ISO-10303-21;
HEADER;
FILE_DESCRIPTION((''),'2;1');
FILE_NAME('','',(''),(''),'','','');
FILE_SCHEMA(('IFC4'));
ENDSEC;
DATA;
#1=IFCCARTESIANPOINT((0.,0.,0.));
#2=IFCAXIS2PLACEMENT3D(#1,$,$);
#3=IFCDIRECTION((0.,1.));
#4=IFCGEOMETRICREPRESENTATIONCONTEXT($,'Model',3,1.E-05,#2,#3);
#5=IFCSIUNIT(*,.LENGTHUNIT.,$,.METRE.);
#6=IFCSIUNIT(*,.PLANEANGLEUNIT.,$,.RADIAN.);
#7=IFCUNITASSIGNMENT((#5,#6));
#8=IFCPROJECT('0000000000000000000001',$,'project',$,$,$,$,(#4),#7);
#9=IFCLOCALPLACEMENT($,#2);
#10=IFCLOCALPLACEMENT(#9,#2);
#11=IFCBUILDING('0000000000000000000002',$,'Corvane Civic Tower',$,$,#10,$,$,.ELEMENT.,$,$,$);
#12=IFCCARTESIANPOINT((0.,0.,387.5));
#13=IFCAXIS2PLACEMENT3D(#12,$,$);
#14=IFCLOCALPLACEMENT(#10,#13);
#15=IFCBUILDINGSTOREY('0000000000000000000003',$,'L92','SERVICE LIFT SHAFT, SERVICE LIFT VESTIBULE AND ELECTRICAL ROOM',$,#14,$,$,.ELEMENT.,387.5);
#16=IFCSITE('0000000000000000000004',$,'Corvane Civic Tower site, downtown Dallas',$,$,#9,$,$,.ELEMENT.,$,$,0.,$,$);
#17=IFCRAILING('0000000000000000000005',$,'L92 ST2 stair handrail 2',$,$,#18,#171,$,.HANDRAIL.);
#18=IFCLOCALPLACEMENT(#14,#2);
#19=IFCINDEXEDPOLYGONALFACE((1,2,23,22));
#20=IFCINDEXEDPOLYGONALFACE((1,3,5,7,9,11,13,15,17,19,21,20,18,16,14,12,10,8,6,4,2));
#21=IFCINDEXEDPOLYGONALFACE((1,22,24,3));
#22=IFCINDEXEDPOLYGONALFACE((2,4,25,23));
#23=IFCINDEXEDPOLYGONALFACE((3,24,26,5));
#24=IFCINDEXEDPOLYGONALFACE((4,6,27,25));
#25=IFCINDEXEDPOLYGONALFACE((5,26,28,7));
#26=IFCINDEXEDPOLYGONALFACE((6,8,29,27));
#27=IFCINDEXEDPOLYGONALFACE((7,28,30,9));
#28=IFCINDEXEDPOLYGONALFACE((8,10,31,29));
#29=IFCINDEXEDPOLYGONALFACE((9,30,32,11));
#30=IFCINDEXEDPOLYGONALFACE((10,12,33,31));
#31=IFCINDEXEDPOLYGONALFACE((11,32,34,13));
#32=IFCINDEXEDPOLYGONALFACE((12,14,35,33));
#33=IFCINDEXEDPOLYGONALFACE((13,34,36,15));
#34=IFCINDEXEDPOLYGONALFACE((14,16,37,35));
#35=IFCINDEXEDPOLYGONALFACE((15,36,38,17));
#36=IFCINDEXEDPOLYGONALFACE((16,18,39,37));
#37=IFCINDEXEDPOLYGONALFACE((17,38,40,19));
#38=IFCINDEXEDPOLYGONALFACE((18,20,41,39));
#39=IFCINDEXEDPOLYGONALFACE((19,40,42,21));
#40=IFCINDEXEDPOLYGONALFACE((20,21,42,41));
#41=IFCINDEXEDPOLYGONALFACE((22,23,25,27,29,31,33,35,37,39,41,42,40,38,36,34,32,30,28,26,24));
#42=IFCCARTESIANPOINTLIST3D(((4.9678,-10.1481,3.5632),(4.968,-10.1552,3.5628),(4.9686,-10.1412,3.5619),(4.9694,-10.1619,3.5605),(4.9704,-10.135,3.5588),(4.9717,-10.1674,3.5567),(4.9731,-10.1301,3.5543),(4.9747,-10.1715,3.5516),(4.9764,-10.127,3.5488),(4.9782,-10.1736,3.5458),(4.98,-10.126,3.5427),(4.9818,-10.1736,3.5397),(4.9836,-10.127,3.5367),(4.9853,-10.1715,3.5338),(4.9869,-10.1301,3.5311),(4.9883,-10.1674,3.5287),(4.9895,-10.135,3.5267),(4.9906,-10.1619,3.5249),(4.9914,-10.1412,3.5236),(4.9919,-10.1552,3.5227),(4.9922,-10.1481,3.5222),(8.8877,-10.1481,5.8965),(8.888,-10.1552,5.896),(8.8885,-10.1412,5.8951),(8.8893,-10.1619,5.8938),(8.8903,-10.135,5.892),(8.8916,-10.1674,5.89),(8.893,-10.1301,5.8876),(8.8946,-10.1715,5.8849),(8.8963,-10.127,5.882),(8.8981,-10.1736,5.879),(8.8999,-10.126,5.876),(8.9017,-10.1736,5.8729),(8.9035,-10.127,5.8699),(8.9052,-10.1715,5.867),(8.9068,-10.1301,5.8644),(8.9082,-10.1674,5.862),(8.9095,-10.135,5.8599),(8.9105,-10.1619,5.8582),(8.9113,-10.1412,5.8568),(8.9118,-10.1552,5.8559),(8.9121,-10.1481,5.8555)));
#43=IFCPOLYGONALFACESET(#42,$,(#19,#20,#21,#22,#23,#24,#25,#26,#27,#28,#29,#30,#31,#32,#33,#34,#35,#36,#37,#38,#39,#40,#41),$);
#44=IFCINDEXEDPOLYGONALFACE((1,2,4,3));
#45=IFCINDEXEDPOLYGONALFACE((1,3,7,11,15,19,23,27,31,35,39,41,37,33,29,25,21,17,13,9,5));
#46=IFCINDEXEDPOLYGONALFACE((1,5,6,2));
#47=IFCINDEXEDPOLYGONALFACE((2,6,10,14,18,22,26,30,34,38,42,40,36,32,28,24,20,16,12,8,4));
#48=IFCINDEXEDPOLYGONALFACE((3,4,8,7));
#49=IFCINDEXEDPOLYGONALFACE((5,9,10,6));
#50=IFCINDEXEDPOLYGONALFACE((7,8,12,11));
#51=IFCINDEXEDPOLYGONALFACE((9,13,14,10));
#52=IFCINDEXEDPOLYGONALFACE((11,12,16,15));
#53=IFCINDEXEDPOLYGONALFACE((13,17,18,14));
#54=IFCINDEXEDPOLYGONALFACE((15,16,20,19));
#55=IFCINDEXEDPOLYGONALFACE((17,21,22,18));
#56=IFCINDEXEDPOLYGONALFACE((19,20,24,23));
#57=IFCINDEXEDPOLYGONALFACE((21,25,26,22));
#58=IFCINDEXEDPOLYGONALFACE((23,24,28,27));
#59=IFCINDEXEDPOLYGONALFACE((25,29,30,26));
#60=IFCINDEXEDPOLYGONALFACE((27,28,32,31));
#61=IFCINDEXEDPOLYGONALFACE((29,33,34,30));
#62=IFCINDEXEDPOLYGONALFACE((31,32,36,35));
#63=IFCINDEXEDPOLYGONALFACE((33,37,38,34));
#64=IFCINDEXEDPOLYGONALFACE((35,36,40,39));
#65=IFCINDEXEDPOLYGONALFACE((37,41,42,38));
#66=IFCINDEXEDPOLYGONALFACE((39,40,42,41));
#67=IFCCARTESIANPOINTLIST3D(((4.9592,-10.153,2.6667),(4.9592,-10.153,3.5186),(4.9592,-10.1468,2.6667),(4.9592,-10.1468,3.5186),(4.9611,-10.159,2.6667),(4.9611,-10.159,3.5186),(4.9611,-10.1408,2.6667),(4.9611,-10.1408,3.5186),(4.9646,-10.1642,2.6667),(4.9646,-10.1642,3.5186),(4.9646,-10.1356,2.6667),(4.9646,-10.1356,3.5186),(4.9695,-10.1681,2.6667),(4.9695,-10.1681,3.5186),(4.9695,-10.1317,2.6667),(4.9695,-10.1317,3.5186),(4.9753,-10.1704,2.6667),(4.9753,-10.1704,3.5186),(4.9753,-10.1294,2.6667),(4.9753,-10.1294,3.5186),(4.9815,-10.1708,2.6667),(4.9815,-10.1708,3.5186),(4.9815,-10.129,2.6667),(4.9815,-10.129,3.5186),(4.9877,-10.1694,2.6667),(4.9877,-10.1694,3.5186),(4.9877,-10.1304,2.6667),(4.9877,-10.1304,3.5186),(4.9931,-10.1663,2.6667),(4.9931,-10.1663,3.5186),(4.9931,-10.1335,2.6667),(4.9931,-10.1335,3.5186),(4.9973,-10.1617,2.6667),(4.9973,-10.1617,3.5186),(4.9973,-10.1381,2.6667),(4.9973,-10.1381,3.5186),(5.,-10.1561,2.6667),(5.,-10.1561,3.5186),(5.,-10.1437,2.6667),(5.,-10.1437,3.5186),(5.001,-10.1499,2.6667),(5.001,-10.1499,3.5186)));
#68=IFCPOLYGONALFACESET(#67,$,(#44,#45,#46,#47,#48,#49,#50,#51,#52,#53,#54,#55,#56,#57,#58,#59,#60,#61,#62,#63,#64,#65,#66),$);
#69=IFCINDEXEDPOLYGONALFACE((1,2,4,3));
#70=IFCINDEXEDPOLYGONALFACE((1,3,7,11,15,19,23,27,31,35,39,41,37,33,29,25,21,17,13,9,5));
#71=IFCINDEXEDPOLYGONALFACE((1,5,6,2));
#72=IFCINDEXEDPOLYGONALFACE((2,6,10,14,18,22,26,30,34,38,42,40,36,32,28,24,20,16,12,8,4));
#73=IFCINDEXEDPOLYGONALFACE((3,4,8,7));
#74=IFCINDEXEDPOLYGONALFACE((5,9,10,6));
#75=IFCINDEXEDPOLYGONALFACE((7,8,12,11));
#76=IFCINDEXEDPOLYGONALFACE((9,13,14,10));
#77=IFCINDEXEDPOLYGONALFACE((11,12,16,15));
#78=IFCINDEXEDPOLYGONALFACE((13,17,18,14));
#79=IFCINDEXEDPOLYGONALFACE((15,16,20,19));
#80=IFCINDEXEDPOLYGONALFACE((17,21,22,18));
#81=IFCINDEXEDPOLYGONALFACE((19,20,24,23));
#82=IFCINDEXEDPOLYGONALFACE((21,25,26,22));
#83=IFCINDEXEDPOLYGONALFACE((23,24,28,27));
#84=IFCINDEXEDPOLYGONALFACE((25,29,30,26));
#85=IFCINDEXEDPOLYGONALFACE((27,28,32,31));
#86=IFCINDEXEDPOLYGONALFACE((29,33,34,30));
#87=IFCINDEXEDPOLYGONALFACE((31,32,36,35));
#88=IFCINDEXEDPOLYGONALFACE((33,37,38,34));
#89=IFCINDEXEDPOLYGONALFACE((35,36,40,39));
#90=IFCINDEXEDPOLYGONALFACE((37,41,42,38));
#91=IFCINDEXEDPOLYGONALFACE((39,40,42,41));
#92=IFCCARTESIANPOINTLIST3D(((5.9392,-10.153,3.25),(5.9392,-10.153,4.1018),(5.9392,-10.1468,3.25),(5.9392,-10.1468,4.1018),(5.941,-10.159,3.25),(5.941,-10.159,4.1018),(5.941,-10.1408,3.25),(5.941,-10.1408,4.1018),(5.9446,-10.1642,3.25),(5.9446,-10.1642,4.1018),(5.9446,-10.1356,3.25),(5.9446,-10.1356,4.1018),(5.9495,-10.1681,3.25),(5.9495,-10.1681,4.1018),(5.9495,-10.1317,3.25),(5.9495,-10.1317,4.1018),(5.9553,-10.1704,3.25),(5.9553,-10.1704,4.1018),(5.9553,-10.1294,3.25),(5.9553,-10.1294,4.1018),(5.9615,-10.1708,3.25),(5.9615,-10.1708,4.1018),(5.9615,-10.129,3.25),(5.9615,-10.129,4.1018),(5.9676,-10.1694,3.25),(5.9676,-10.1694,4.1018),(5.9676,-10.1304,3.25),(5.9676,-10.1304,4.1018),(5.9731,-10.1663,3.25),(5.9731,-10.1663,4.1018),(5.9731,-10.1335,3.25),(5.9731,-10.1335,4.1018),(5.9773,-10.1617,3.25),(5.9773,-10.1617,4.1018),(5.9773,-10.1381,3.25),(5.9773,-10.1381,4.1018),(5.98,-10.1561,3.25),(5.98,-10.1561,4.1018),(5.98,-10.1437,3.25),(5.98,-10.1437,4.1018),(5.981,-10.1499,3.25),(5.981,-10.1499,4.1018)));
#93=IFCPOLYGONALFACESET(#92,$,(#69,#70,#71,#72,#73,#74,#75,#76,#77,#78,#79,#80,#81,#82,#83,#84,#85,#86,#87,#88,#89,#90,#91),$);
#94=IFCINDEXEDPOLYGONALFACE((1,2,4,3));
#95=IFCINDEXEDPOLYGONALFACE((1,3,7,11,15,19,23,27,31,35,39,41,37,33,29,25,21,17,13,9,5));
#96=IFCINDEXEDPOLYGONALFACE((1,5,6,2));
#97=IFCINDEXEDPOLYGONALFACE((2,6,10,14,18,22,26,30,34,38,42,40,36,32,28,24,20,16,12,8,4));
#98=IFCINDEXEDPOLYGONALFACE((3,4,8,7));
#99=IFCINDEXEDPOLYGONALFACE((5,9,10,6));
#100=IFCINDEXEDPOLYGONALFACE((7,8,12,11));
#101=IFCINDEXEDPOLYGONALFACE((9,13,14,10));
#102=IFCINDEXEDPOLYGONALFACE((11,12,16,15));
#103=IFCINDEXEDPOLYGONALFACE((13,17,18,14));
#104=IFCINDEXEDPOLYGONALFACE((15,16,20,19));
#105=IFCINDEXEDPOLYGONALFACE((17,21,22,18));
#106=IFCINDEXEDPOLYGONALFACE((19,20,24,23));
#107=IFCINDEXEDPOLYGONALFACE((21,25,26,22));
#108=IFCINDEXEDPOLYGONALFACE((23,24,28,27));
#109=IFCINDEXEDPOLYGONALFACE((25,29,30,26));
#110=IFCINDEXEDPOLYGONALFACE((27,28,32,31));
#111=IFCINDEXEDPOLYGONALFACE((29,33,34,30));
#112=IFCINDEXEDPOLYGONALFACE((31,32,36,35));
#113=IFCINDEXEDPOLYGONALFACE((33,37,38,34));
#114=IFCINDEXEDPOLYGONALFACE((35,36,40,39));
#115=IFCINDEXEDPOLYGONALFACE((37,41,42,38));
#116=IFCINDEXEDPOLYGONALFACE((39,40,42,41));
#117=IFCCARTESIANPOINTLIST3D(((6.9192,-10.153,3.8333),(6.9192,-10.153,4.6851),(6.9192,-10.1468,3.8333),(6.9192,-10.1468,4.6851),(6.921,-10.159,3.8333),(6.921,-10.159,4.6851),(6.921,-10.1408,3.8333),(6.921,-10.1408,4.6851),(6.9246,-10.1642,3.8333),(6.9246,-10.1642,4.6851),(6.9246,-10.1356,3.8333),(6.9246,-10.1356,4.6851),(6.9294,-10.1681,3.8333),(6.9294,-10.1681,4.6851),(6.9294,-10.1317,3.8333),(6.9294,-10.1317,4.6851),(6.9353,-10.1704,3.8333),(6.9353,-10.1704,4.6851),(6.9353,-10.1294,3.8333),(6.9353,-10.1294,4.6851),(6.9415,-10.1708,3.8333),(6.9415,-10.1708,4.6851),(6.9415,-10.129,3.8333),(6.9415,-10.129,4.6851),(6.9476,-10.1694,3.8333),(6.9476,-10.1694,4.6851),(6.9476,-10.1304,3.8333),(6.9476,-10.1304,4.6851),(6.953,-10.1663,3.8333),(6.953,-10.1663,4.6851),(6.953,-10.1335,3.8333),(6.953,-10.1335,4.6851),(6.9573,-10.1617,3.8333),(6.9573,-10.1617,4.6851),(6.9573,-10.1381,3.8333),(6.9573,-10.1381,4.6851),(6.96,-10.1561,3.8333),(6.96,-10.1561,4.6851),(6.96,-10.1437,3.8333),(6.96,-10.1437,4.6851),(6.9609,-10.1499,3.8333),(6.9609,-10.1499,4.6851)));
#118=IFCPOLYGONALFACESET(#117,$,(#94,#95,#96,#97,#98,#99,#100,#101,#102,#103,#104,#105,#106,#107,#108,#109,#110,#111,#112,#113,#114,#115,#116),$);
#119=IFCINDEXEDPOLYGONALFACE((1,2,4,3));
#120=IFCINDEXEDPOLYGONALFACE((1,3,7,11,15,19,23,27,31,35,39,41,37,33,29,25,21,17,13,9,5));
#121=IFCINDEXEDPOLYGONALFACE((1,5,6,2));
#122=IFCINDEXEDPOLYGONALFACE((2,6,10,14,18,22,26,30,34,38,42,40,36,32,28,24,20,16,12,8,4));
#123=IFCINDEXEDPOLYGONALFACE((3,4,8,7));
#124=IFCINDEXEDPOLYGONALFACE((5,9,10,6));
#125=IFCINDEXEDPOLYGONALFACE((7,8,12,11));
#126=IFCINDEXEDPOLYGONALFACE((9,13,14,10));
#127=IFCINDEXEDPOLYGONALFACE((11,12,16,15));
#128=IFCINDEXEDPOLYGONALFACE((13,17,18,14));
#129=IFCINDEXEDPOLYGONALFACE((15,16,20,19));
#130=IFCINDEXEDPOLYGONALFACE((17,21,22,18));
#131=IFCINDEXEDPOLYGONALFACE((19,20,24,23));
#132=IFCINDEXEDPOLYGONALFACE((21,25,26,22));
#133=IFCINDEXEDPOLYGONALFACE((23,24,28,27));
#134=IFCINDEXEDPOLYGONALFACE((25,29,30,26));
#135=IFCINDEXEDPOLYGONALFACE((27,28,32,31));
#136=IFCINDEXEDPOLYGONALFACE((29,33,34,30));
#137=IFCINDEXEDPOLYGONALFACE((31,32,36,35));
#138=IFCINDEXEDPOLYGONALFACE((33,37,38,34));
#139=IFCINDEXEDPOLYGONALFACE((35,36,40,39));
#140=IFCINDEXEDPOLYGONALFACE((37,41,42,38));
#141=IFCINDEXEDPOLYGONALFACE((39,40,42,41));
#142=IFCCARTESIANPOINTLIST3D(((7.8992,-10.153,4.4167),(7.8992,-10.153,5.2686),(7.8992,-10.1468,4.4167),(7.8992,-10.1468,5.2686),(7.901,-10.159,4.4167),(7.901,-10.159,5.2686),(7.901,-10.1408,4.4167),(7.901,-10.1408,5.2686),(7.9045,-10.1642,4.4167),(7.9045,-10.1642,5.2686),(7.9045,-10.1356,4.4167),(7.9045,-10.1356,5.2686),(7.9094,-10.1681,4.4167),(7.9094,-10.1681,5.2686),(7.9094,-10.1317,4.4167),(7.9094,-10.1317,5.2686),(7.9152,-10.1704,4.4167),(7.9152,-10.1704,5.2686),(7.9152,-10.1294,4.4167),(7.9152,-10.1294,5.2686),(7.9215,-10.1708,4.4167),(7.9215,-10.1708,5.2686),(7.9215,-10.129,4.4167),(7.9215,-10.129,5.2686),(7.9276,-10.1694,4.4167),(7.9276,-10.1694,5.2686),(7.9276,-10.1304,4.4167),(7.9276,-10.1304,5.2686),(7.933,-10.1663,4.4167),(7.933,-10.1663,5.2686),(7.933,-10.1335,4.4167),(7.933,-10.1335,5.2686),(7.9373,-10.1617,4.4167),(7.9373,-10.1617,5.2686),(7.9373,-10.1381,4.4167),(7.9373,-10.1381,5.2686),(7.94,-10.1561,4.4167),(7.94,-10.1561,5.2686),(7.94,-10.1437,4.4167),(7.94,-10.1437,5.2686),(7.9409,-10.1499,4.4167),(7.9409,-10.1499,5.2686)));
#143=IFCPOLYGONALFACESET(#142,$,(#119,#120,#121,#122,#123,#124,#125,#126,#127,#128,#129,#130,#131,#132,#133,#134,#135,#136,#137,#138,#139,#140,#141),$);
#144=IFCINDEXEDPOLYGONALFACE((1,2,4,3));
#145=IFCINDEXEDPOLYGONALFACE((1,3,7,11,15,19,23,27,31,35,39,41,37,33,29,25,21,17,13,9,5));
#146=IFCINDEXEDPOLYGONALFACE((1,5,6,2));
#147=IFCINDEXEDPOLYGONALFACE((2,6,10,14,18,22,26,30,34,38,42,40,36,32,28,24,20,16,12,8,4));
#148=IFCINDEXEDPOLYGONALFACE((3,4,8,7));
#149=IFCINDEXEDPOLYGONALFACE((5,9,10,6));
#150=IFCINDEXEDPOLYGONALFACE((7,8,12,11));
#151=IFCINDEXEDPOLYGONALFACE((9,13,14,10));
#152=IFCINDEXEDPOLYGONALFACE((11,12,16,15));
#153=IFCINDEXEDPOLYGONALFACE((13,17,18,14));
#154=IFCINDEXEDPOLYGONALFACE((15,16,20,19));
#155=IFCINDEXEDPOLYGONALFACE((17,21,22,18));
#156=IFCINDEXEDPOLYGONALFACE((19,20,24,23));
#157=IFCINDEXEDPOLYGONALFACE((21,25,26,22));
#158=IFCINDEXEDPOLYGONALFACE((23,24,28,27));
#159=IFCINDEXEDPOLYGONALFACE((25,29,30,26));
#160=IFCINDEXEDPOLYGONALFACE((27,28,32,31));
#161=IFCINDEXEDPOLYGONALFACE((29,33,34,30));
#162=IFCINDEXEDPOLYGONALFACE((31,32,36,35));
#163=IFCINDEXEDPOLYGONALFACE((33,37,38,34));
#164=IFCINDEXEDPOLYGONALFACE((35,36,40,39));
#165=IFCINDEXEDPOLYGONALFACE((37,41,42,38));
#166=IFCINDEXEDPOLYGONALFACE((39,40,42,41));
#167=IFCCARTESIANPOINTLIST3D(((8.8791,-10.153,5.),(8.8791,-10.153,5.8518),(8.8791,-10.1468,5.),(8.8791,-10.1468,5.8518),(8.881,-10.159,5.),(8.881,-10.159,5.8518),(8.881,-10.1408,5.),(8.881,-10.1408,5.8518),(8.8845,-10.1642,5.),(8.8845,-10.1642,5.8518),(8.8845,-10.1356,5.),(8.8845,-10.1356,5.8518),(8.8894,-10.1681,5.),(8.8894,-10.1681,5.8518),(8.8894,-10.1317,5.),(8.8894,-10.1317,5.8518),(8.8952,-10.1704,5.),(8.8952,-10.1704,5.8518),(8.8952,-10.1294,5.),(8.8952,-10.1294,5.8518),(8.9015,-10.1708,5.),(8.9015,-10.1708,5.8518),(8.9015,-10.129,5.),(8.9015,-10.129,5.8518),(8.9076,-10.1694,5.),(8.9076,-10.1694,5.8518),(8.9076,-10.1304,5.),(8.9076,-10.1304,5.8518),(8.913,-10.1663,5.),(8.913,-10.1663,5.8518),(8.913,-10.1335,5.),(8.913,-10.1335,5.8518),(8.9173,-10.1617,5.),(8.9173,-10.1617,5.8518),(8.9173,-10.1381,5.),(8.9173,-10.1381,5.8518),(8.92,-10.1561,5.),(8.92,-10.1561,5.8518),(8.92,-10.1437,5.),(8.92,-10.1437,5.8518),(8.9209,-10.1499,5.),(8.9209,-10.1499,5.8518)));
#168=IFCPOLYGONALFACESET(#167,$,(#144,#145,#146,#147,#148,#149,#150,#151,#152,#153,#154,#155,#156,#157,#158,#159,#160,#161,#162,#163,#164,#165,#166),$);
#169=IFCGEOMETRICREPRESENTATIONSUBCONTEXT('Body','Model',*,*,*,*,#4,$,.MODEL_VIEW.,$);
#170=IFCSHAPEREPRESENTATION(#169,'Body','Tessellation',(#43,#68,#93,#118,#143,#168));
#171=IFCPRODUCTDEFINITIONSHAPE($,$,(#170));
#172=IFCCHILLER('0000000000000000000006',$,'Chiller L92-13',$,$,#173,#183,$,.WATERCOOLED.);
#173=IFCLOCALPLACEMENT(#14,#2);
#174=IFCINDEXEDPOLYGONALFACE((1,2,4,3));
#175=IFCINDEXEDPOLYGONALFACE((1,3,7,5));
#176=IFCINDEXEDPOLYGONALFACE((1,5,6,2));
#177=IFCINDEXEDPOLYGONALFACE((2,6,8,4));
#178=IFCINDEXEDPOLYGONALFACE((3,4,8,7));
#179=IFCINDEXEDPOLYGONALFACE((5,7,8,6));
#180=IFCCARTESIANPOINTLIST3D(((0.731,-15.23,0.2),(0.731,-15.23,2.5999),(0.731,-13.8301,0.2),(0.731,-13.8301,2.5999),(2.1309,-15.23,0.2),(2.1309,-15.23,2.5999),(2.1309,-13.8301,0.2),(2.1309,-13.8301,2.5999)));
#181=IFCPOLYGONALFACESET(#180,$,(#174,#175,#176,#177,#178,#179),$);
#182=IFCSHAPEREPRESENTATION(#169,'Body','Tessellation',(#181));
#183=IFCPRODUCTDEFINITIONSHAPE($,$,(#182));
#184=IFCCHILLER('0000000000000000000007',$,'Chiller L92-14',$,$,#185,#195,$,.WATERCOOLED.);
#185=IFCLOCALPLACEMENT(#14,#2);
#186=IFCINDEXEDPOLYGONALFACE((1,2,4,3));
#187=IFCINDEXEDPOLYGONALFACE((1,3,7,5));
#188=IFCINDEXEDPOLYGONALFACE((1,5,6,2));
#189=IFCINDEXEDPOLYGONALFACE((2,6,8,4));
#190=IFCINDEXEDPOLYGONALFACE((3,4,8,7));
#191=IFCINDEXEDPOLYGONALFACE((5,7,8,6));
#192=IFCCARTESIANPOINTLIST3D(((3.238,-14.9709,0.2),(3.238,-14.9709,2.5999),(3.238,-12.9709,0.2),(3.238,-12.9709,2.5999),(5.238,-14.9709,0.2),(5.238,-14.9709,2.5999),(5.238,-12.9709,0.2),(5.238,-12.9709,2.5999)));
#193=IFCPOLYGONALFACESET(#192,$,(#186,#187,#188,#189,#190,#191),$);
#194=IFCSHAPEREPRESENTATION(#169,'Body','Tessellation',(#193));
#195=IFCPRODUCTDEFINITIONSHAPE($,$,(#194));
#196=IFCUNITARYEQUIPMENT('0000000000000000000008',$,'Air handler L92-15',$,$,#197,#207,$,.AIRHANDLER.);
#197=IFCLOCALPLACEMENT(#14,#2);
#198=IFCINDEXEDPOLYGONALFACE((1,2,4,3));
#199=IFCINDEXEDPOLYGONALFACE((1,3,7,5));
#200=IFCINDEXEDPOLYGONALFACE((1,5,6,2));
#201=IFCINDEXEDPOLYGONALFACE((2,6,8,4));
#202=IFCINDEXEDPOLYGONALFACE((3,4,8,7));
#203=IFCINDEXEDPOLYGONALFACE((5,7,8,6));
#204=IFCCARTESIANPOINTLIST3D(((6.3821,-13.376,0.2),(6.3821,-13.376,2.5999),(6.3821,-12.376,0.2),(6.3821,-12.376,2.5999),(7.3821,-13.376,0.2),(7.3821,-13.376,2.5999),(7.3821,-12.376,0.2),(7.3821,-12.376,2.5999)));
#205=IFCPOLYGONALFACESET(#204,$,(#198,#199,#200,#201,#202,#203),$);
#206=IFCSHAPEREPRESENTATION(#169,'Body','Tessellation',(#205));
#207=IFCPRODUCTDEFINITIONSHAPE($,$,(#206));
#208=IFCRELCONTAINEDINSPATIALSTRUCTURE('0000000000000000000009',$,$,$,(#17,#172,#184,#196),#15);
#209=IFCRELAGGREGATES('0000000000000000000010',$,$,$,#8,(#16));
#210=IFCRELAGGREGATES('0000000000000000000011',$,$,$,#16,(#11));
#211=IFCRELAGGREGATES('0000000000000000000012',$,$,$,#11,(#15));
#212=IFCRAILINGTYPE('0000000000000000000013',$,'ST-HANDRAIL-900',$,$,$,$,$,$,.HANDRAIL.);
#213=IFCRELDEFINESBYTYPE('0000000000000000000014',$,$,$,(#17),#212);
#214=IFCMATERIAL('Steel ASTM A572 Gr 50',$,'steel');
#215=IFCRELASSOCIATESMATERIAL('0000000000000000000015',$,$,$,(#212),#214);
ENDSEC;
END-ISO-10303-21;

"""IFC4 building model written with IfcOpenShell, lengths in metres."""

from ifc_helpers import new_model, si_unit, direction, frame, origin, origin_2d, place, context, subcontext, project, spatial, rectangle, circle, extrude, material, type_object, element, save


model = new_model("IFC4")

# Units and contexts
model_context = context("Model", 3, precision=1e-05, world=origin(), true_north=direction((0.0, 1.0)))
body_context = subcontext(model_context, "Body", "Model", "MODEL_VIEW")
ifc_project = project(units=[si_unit("LENGTHUNIT", "METRE"), si_unit("PLANEANGLEUNIT", "RADIAN")], contexts=[model_context])

# Site, building, storey
site_placement = place(None, origin())
site = spatial("IfcSite", under=ifc_project, at=site_placement, Name="Corvane Civic Tower site, downtown Dallas", CompositionType="ELEMENT", RefElevation=0.0)
building_placement = place(site_placement, origin())
building = spatial("IfcBuilding", under=site, at=building_placement, Name="Corvane Civic Tower", CompositionType="ELEMENT")
storey_placement = place(building_placement, frame((0.0, 0.0, 387.5)))
storey = spatial("IfcBuildingStorey", under=building, at=storey_placement, Name="L92", Description="SERVICE LIFT SHAFT, SERVICE LIFT VESTIBULE AND ELECTRICAL ROOM", CompositionType="ELEMENT", Elevation=387.5)

# Railing
ifc_material_1 = material(Name="Steel ASTM A572 Gr 50", Category="steel")
railing_type_1 = type_object("IfcRailingType", Name="ST-HANDRAIL-900", PredefinedType="HANDRAIL", material=ifc_material_1)
railing_1_placement = place(storey_placement, frame((4.98, -10.1499, 2.6667)))
element("IfcRailing", 1, at=railing_1_placement, inside=storey, type_object=railing_type_1, Name="L92 ST2 stair handrail 2", PredefinedType="HANDRAIL", context=body_context, shape_type="SweptSolid", body=[
    extrude(circle(Radius=0.0239, at=origin_2d()), frame((0.0, 0.0, 0.876), z_axis=(0.859296, 0.0, 0.511478), x_axis=(0.0, 1.0, 0.0)), (0.0, 0.0, 1.0), 4.5618),
    extrude(circle(Radius=0.021, at=origin_2d()), origin(), (0.0, 0.0, 1.0), 0.8518),
    extrude(circle(Radius=0.021, at=origin_2d()), frame((0.98, 0.0, 0.5833)), (0.0, 0.0, 1.0), 0.8518),
    extrude(circle(Radius=0.021, at=origin_2d()), frame((1.96, 0.0, 1.1665)), (0.0, 0.0, 1.0), 0.8518),
    extrude(circle(Radius=0.021, at=origin_2d()), frame((2.9399, 0.0, 1.75)), (0.0, 0.0, 1.0), 0.8518),
    extrude(circle(Radius=0.021, at=origin_2d()), frame((3.9199, 0.0, 2.3333)), (0.0, 0.0, 1.0), 0.8518),
])

# Chillers
chiller_1_placement = place(storey_placement, frame((1.4309, -14.53, 0.2), z_axis=(0.0, 0.0, 1.0), x_axis=(1.0, 0.0, 0.0)))
element("IfcChiller", 2, at=chiller_1_placement, inside=storey, Name="Chiller L92-13", PredefinedType="WATERCOOLED", context=body_context, shape_type="SweptSolid", body=[
    extrude(rectangle(XDim=1.3999, YDim=1.3999, at=origin_2d()), origin(), (0.0, 0.0, 1.0), 2.3999),
])
chiller_2_placement = place(storey_placement, frame((4.238, -13.9709, 0.2), z_axis=(0.0, 0.0, 1.0), x_axis=(1.0, 0.0, 0.0)))
element("IfcChiller", 3, at=chiller_2_placement, inside=storey, Name="Chiller L92-14", PredefinedType="WATERCOOLED", context=body_context, shape_type="SweptSolid", body=[
    extrude(rectangle(XDim=2.0, YDim=2.0, at=origin_2d()), origin(), (0.0, 0.0, 1.0), 2.3999),
])

# Unitary equipment
unitary_equipment_placement = place(storey_placement, frame((6.8821, -12.876, 0.2), z_axis=(0.0, 0.0, 1.0), x_axis=(1.0, 0.0, 0.0)))
element("IfcUnitaryEquipment", 4, at=unitary_equipment_placement, inside=storey, Name="Air handler L92-15", PredefinedType="AIRHANDLER", context=body_context, shape_type="SweptSolid", body=[
    extrude(rectangle(XDim=1.0, YDim=1.0, at=origin_2d()), origin(), (0.0, 0.0, 1.0), 2.3999),
])

save(model, "model.ifc")
